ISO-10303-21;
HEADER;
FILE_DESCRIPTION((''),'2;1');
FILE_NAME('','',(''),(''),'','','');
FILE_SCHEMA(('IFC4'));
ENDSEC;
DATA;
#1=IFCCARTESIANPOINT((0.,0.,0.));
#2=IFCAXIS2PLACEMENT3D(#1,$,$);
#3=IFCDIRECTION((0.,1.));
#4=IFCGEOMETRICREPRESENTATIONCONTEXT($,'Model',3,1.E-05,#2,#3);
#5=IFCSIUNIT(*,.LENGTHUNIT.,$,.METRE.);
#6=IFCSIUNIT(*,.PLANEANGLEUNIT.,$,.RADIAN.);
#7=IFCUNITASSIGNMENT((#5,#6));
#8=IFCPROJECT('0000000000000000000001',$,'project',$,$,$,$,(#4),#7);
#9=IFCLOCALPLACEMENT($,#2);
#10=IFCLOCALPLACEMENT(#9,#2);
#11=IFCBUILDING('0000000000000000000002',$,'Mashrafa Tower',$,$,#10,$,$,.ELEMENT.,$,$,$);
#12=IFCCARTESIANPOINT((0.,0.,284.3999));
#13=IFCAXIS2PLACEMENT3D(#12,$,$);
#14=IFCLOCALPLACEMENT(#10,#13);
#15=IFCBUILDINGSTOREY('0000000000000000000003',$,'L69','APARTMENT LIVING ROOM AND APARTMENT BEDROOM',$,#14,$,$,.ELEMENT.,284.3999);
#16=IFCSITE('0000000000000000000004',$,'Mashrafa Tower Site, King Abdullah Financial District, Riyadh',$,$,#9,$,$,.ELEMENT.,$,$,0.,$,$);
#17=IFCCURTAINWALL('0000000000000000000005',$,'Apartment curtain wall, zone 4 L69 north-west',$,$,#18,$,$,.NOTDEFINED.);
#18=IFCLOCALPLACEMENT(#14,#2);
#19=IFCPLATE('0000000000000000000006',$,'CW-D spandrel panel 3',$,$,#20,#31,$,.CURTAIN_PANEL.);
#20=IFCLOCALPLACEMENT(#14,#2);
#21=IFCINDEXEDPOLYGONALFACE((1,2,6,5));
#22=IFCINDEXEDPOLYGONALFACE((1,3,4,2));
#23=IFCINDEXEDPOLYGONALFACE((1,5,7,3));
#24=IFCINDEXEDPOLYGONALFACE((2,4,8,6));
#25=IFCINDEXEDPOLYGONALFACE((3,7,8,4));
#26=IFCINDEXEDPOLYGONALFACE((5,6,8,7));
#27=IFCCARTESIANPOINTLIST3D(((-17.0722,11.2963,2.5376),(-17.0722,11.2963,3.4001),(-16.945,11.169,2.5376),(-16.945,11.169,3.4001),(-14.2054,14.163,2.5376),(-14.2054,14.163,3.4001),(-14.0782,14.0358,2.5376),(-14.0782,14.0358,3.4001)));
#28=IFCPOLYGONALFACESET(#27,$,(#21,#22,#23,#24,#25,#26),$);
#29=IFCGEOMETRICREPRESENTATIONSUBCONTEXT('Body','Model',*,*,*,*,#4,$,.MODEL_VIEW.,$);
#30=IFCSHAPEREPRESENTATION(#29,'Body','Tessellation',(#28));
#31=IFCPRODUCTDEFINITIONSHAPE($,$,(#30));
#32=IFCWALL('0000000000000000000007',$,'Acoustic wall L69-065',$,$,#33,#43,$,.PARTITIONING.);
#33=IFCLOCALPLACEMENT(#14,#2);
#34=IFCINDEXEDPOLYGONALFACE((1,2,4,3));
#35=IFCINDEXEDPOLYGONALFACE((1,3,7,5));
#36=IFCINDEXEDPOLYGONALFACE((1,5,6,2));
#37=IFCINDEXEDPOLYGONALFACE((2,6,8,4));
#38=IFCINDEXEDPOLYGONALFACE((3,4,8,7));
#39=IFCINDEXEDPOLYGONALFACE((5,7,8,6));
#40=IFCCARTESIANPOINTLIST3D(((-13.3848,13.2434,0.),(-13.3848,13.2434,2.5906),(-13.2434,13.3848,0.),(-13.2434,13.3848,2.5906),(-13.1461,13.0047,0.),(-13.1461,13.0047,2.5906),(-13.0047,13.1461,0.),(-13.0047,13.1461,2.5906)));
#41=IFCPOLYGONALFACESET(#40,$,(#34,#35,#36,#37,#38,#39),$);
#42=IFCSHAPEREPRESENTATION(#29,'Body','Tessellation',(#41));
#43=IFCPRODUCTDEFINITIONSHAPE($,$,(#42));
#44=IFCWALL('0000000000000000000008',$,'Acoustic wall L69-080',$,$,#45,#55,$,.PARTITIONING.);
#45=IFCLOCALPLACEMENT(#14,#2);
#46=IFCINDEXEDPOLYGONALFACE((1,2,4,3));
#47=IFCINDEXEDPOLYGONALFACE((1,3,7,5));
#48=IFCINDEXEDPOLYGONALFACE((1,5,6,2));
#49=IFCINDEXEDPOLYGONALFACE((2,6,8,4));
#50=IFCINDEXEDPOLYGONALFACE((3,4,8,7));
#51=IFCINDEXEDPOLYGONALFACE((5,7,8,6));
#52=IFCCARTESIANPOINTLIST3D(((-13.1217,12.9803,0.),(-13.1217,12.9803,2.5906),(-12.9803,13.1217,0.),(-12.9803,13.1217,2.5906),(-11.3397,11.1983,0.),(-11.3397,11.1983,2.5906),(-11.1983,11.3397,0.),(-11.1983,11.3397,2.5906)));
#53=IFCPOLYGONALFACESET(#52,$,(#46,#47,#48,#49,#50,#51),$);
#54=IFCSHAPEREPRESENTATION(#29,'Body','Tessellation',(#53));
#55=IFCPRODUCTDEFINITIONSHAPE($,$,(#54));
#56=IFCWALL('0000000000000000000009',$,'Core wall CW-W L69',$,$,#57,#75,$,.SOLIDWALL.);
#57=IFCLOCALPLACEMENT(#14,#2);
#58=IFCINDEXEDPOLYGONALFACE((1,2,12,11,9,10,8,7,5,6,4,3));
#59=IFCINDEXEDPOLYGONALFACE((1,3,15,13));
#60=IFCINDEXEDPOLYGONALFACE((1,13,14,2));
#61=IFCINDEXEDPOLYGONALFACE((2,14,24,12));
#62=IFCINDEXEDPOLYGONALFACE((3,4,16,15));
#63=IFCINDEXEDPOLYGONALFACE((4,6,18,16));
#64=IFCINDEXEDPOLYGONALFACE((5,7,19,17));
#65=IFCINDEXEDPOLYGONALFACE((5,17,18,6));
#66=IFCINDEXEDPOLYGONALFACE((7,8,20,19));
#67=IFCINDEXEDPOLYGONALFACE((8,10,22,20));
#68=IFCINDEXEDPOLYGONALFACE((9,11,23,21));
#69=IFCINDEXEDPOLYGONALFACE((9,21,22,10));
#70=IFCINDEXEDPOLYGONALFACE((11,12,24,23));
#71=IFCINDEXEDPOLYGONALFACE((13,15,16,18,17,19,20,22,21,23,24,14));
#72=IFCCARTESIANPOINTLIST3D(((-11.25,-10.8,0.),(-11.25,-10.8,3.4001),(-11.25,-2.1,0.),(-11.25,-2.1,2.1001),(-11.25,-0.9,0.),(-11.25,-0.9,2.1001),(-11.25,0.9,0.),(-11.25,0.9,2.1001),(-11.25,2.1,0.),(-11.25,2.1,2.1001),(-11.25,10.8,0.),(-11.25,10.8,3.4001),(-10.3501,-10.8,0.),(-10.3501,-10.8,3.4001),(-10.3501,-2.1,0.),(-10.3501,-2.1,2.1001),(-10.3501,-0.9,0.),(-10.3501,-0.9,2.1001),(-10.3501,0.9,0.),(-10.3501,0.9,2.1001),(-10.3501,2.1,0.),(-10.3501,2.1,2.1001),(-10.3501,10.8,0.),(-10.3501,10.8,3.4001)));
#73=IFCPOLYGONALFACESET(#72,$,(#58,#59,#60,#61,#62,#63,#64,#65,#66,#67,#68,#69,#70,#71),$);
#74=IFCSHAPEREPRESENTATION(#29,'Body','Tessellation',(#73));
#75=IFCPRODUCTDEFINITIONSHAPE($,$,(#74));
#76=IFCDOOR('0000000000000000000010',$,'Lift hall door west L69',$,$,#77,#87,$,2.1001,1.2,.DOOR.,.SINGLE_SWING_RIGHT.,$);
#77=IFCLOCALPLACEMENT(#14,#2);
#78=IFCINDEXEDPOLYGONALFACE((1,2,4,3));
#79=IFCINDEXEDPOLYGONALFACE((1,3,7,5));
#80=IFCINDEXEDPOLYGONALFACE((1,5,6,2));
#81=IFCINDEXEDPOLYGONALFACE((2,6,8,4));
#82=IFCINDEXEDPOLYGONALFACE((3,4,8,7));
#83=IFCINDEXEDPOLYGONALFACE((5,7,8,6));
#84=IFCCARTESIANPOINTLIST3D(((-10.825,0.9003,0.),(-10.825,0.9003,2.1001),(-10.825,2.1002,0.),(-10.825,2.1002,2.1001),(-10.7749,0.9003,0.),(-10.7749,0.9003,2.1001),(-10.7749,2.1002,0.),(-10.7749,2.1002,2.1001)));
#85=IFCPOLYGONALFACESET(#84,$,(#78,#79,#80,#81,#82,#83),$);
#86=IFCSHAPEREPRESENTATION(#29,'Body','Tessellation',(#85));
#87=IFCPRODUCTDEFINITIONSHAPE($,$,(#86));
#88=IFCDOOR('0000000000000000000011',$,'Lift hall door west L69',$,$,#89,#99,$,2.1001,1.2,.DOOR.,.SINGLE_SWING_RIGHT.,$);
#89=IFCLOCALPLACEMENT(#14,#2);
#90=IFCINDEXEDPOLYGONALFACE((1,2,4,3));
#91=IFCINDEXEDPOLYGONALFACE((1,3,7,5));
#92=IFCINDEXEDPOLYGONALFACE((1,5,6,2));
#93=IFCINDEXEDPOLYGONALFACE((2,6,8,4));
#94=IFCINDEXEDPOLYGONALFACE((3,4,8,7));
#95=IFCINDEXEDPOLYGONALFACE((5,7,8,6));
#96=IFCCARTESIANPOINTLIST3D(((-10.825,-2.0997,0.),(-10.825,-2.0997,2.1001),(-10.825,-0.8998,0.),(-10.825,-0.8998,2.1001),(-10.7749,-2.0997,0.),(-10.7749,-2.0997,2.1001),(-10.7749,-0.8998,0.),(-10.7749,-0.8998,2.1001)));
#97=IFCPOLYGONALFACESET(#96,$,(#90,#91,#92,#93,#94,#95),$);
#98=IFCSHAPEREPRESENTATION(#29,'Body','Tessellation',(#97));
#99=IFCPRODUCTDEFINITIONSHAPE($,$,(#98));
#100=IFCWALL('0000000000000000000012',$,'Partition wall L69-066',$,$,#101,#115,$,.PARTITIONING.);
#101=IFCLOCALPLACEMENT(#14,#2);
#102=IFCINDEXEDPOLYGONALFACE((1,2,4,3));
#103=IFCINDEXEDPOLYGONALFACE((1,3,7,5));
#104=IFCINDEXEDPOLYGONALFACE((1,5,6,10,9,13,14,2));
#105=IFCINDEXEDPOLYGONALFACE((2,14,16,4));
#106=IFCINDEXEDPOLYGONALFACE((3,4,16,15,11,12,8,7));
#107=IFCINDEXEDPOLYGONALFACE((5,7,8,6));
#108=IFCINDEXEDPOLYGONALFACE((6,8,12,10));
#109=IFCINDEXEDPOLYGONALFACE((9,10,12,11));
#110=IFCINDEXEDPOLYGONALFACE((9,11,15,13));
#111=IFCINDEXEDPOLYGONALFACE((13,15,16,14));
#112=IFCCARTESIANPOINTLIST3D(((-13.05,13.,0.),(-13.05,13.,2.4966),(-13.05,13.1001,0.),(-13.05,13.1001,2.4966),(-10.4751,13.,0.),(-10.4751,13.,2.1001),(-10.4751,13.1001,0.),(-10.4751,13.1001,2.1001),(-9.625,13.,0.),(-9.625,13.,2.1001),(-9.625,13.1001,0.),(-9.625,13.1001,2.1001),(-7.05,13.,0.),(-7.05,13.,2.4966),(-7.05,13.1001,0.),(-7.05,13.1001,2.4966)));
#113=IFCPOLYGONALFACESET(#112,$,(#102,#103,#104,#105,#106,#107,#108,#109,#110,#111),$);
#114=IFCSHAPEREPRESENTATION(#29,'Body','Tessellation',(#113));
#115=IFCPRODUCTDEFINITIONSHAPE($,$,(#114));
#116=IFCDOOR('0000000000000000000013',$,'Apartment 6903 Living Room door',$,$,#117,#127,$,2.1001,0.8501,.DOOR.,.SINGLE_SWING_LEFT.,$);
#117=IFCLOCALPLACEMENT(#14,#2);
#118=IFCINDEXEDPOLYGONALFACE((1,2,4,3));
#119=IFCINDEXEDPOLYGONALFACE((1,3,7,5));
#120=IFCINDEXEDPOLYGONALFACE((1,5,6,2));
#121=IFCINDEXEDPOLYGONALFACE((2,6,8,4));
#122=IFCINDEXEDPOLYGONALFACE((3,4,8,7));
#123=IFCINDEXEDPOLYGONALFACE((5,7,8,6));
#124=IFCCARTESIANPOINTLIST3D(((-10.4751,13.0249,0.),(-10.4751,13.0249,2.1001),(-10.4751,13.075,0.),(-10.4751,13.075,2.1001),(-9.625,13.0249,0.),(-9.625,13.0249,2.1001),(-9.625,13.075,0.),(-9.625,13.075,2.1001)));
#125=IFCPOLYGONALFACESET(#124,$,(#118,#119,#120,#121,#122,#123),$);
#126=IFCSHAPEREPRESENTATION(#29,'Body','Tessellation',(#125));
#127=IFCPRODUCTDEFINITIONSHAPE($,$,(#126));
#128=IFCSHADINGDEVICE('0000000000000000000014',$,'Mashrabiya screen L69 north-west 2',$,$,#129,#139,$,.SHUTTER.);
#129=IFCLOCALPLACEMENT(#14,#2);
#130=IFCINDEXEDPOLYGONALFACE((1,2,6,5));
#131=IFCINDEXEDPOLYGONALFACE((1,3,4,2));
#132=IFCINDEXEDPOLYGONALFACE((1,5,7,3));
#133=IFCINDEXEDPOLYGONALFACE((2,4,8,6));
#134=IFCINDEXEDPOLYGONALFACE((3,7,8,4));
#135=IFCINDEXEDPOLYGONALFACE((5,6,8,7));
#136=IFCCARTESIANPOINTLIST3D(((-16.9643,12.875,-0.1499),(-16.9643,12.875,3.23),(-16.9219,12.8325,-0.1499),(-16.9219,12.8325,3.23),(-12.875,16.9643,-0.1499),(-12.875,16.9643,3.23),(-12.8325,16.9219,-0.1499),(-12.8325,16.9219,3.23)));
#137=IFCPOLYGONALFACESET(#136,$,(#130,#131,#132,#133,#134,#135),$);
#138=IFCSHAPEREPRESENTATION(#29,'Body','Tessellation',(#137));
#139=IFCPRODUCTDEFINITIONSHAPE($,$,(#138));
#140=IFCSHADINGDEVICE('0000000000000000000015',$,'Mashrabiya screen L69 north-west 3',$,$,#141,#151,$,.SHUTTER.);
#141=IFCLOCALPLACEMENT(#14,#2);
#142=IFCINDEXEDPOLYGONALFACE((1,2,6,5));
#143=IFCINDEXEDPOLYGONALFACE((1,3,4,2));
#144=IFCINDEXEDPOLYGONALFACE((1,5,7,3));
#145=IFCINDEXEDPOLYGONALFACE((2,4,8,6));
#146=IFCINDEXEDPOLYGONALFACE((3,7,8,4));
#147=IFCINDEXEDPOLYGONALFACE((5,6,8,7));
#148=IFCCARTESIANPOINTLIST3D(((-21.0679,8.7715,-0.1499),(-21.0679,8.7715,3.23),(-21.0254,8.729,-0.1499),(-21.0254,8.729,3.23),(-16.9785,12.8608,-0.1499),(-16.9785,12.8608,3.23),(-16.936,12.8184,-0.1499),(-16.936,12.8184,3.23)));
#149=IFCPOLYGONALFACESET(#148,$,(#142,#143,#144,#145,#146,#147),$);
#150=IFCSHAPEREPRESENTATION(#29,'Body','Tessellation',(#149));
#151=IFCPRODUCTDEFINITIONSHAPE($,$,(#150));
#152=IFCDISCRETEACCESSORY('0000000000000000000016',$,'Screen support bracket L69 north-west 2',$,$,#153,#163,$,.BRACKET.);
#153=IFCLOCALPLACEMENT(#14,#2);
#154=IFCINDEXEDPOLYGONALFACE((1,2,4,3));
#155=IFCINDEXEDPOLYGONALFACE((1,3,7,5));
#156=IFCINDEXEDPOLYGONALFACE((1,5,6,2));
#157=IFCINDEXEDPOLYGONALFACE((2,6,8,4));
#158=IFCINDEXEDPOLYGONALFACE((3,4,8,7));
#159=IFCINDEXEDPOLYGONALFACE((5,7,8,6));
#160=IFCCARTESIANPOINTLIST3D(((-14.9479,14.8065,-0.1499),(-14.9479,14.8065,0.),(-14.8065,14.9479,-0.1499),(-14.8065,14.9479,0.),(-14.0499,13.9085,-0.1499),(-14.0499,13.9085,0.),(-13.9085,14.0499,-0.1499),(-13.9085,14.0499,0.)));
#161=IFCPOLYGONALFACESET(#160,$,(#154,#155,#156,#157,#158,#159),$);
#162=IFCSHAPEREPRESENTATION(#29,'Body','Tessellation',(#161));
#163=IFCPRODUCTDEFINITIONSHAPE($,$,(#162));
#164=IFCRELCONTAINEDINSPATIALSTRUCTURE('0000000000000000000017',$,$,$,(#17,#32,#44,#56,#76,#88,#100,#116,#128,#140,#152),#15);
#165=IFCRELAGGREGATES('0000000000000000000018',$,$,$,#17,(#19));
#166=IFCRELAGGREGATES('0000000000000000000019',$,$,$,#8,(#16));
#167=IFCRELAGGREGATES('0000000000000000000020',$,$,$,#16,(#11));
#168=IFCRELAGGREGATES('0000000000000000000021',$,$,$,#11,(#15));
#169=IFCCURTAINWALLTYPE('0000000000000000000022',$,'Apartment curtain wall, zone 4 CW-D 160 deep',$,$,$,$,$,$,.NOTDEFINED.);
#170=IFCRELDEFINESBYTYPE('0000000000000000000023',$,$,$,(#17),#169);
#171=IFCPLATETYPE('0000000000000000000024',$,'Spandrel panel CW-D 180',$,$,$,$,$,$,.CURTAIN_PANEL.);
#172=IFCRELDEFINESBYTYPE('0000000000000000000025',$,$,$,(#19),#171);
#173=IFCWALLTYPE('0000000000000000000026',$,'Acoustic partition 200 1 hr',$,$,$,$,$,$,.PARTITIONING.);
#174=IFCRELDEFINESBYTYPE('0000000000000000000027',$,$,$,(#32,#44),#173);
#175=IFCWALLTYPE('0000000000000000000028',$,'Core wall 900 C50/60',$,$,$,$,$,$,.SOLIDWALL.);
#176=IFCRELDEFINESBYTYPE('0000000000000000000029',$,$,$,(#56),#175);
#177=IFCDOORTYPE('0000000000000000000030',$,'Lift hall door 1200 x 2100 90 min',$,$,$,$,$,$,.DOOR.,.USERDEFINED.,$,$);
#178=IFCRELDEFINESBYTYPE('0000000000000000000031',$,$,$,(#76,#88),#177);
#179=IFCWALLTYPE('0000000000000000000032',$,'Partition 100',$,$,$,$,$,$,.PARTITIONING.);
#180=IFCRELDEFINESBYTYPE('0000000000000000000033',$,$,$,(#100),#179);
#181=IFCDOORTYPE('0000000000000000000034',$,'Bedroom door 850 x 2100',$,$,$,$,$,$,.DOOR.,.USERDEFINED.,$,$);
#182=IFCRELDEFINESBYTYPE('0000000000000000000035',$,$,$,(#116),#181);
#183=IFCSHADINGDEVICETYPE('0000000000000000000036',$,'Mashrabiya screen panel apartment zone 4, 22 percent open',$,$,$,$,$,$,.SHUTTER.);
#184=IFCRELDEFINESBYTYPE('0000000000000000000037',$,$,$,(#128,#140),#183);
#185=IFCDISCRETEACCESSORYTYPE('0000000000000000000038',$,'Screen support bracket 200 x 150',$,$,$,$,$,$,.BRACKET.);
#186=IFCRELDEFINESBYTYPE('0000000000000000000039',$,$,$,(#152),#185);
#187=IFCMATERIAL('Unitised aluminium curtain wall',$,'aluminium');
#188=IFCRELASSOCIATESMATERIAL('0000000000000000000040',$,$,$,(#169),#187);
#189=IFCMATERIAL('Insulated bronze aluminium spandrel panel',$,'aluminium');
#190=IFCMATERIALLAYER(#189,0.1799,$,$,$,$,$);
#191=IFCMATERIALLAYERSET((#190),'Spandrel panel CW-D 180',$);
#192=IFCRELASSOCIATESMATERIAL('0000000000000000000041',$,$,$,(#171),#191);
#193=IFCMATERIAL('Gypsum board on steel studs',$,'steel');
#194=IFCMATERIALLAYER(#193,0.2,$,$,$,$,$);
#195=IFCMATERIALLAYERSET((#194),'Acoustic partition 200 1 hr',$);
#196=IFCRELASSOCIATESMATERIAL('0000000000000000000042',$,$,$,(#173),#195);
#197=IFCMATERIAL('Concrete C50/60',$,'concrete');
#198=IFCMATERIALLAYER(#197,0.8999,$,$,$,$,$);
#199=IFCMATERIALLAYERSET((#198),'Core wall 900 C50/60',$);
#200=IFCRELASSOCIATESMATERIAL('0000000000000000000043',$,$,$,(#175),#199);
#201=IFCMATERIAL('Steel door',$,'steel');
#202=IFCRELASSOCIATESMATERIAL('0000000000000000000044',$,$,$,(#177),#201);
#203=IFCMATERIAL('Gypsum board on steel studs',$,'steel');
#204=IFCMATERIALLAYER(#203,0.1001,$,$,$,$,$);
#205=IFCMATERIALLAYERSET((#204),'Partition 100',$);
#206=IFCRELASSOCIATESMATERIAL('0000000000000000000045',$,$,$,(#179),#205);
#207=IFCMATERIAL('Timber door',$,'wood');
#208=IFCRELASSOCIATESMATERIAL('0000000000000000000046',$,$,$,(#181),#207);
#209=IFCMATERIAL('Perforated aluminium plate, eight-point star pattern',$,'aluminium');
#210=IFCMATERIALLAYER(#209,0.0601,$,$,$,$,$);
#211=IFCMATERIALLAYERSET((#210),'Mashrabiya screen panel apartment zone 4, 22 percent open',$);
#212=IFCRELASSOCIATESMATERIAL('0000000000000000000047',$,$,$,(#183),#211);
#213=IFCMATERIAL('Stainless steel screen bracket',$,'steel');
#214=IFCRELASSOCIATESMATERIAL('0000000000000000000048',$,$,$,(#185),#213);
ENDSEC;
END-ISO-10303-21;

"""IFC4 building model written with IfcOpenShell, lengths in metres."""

from ifc_helpers import new_model, si_unit, direction, frame, frame_2d, origin, origin_2d, place, context, subcontext, project, spatial, rectangle, extrude, source, transform, mapped, material, layer, layer_set, type_object, type_shapes, element, fill, aggregate, save


model = new_model("IFC4")

# Units and contexts
model_context = context("Model", 3, precision=1e-05, world=origin(), true_north=direction((0.0, 1.0)))
body_context = subcontext(model_context, "Body", "Model", "MODEL_VIEW")
ifc_project = project(units=[si_unit("LENGTHUNIT", "METRE"), si_unit("PLANEANGLEUNIT", "RADIAN")], contexts=[model_context])

# Site, building, storey
site_placement = place(None, origin())
site = spatial("IfcSite", under=ifc_project, at=site_placement, Name="Mashrafa Tower Site, King Abdullah Financial District, Riyadh", CompositionType="ELEMENT", RefElevation=0.0)
building_placement = place(site_placement, origin())
building = spatial("IfcBuilding", under=site, at=building_placement, Name="Mashrafa Tower", CompositionType="ELEMENT")
storey_placement = place(building_placement, frame((0.0, 0.0, 284.3999)))
storey = spatial("IfcBuildingStorey", under=building, at=storey_placement, Name="L69", Description="APARTMENT LIVING ROOM AND APARTMENT BEDROOM", CompositionType="ELEMENT", Elevation=284.3999)

# Curtain wall
ifc_material_1 = material(Name="Unitised aluminium curtain wall", Category="aluminium")
curtain_wall_type = type_object("IfcCurtainWallType", Name="Apartment curtain wall, zone 4 CW-D 160 deep", PredefinedType="NOTDEFINED", material=ifc_material_1)
curtain_wall_1_placement = place(storey_placement, origin())
curtain_wall_1 = element("IfcCurtainWall", 1, at=curtain_wall_1_placement, inside=storey, type_object=curtain_wall_type, Name="Apartment curtain wall, zone 4 L69 north-west", PredefinedType="NOTDEFINED")

# Plate
ifc_material_2 = material(Name="Insulated bronze aluminium spandrel panel", Category="aluminium")
ifc_layer_1 = layer(ifc_material_2, 0.1799)
ifc_layer_set_1 = layer_set([ifc_layer_1], Name="Spandrel panel CW-D 180")
plate_type_1 = type_object("IfcPlateType", Name="Spandrel panel CW-D 180", PredefinedType="CURTAIN_PANEL", material=ifc_layer_set_1)
shared_shape_1 = source(origin(), body_context, "Body", "SweptSolid", [
    extrude(rectangle(XDim=4.0542, YDim=0.1799, at=origin_2d()), origin(), (0.0, 0.0, 1.0), 0.8625),
])
plate_1_placement = place(storey_placement, frame((-15.5752, 12.666, 2.5376), z_axis=(0.0, 0.0, 1.0), x_axis=(-0.707107, -0.707107, 0.0)))
plate_1 = element("IfcPlate", 2, at=plate_1_placement, type_object=plate_type_1, Name="CW-D spandrel panel 3", PredefinedType="CURTAIN_PANEL", context=body_context, shape_type="MappedRepresentation", body=[
    mapped(shared_shape_1, transform((0.0, 0.0, 0.0))),
])
aggregate(curtain_wall_1, [plate_1])

# Walls
ifc_material_3 = material(Name="Gypsum board on steel studs", Category="steel")
ifc_layer_2 = layer(ifc_material_3, 0.2)
ifc_layer_set_2 = layer_set([ifc_layer_2], Name="Acoustic partition 200 1 hr")
wall_type_1 = type_object("IfcWallType", Name="Acoustic partition 200 1 hr", PredefinedType="PARTITIONING", material=ifc_layer_set_2)
wall_1_placement = place(storey_placement, frame((-13.3142, 13.3142, 0.0), z_axis=(0.0, 0.0, 1.0), x_axis=(0.707107, -0.707107, 0.0)))
element("IfcWall", 3, at=wall_1_placement, inside=storey, type_object=wall_type_1, Name="Acoustic wall L69-065", PredefinedType="PARTITIONING", context=body_context, shape_type="SweptSolid", body=[
    extrude(rectangle(XDim=0.3376, YDim=0.2, at=frame_2d((0.1689, 0.0))), origin(), (0.0, 0.0, 1.0), 2.5906),
])
wall_2_placement = place(storey_placement, frame((-11.269, 11.269, 0.0), z_axis=(0.0, 0.0, 1.0), x_axis=(-0.707107, 0.707107, 0.0)))
element("IfcWall", 4, at=wall_2_placement, inside=storey, type_object=wall_type_1, Name="Acoustic wall L69-080", PredefinedType="PARTITIONING", context=body_context, shape_type="SweptSolid", body=[
    extrude(rectangle(XDim=2.52, YDim=0.2, at=frame_2d((1.26, 0.0))), origin(), (0.0, 0.0, 1.0), 2.5906),
])

# Wall, openings, doors
ifc_material_4 = material(Name="Concrete C50/60", Category="concrete")
ifc_layer_3 = layer(ifc_material_4, 0.8999)
ifc_layer_set_3 = layer_set([ifc_layer_3], Name="Core wall 900 C50/60")
wall_type_2 = type_object("IfcWallType", Name="Core wall 900 C50/60", PredefinedType="SOLIDWALL", material=ifc_layer_set_3)
wall_3_placement = place(storey_placement, frame((-10.8, 10.8, 0.0), z_axis=(0.0, 0.0, 1.0), x_axis=(0.0, -1.0, 0.0)))
wall_3 = element("IfcWall", 5, at=wall_3_placement, inside=storey, type_object=wall_type_2, Name="Core wall CW-W L69", PredefinedType="SOLIDWALL", context=body_context, shape_type="SweptSolid", body=[
    extrude(rectangle(XDim=21.6001, YDim=0.8999, at=frame_2d((10.8, 0.0))), origin(), (0.0, 0.0, 1.0), 3.4001),
])
opening_1_placement = place(wall_3_placement, frame((8.7, 0.0, 0.0)))
opening_1 = element("IfcOpeningElement", 6, at=opening_1_placement, cuts=wall_3, PredefinedType="OPENING", context=body_context, shape_type="SweptSolid", body=[
    extrude(rectangle(XDim=1.2, YDim=2.1001, at=frame_2d((0.6001, 1.05))), frame((0.0, 0.46, 0.0), z_axis=(0.0, -1.0, 0.0), x_axis=(1.0, 0.0, 0.0)), (0.0, 0.0, 1.0), 0.9199),
])
opening_2_placement = place(wall_3_placement, frame((11.7, 0.0, 0.0)))
opening_2 = element("IfcOpeningElement", 7, at=opening_2_placement, cuts=wall_3, PredefinedType="OPENING", context=body_context, shape_type="SweptSolid", body=[
    extrude(rectangle(XDim=1.2, YDim=2.1001, at=frame_2d((0.6001, 1.05))), frame((0.0, 0.46, 0.0), z_axis=(0.0, -1.0, 0.0), x_axis=(1.0, 0.0, 0.0)), (0.0, 0.0, 1.0), 0.9199),
])
ifc_material_5 = material(Name="Steel door", Category="steel")
door_type_1 = type_object("IfcDoorType", Name="Lift hall door 1200 x 2100 90 min", OperationType="USERDEFINED", PredefinedType="DOOR", material=ifc_material_5)
door_1_placement = place(opening_1_placement, frame((1.2, 0.0, 0.0), z_axis=(0.0, 0.0, 1.0), x_axis=(-1.0, 0.0, 0.0)))
door_1 = element("IfcDoor", 8, at=door_1_placement, inside=storey, type_object=door_type_1, Name="Lift hall door west L69", OperationType="SINGLE_SWING_RIGHT", OverallHeight=2.1001, OverallWidth=1.2, PredefinedType="DOOR", context=body_context, shape_type="SweptSolid", body=[
    extrude(rectangle(XDim=1.2, YDim=2.1001, at=frame_2d((0.6001, 1.05))), frame((0.0, 0.0249, 0.0), z_axis=(0.0, -1.0, 0.0), x_axis=(1.0, 0.0, 0.0)), (0.0, 0.0, 1.0), 0.05),
])
fill(opening_1, door_1)
door_2_placement = place(opening_2_placement, frame((1.2, 0.0, 0.0), z_axis=(0.0, 0.0, 1.0), x_axis=(-1.0, 0.0, 0.0)))
door_2 = element("IfcDoor", 9, at=door_2_placement, inside=storey, type_object=door_type_1, Name="Lift hall door west L69", OperationType="SINGLE_SWING_RIGHT", OverallHeight=2.1001, OverallWidth=1.2, PredefinedType="DOOR", context=body_context, shape_type="SweptSolid", body=[
    extrude(rectangle(XDim=1.2, YDim=2.1001, at=frame_2d((0.6001, 1.05))), frame((0.0, 0.0249, 0.0), z_axis=(0.0, -1.0, 0.0), x_axis=(1.0, 0.0, 0.0)), (0.0, 0.0, 1.0), 0.05),
])
fill(opening_2, door_2)

# Wall, opening, door
ifc_material_6 = material(Name="Gypsum board on steel studs", Category="steel")
ifc_layer_4 = layer(ifc_material_6, 0.1001)
ifc_layer_set_4 = layer_set([ifc_layer_4], Name="Partition 100")
wall_type_3 = type_object("IfcWallType", Name="Partition 100", PredefinedType="PARTITIONING", material=ifc_layer_set_4)
wall_4_placement = place(storey_placement, frame((-13.05, 13.05, 0.0), z_axis=(0.0, 0.0, 1.0), x_axis=(1.0, 0.0, 0.0)))
wall_4 = element("IfcWall", 10, at=wall_4_placement, inside=storey, type_object=wall_type_3, Name="Partition wall L69-066", PredefinedType="PARTITIONING", context=body_context, shape_type="SweptSolid", body=[
    extrude(rectangle(XDim=6.0, YDim=0.1001, at=frame_2d((3.0, 0.0))), origin(), (0.0, 0.0, 1.0), 2.4966),
])
opening_3_placement = place(wall_4_placement, frame((2.575, 0.0, 0.0)))
opening_3 = element("IfcOpeningElement", 11, at=opening_3_placement, cuts=wall_4, PredefinedType="OPENING", context=body_context, shape_type="SweptSolid", body=[
    extrude(rectangle(XDim=0.8501, YDim=2.1001, at=frame_2d((0.425, 1.05))), frame((0.0, 0.0601, 0.0), z_axis=(0.0, -1.0, 0.0), x_axis=(1.0, 0.0, 0.0)), (0.0, 0.0, 1.0), 0.1201),
])
ifc_material_7 = material(Name="Timber door", Category="wood")
door_type_2 = type_object("IfcDoorType", Name="Bedroom door 850 x 2100", OperationType="USERDEFINED", PredefinedType="DOOR", material=ifc_material_7)
door_3_placement = place(opening_3_placement, origin())
door_3 = element("IfcDoor", 12, at=door_3_placement, inside=storey, type_object=door_type_2, Name="Apartment 6903 Living Room door", OperationType="SINGLE_SWING_LEFT", OverallHeight=2.1001, OverallWidth=0.8501, PredefinedType="DOOR", context=body_context, shape_type="SweptSolid", body=[
    extrude(rectangle(XDim=0.8501, YDim=2.1001, at=frame_2d((0.425, 1.05))), frame((0.0, 0.0249, 0.0), z_axis=(0.0, -1.0, 0.0), x_axis=(1.0, 0.0, 0.0)), (0.0, 0.0, 1.0), 0.05),
])
fill(opening_3, door_3)

# Shading devices
ifc_material_8 = material(Name="Perforated aluminium plate, eight-point star pattern", Category="aluminium")
ifc_layer_5 = layer(ifc_material_8, 0.0601)
ifc_layer_set_5 = layer_set([ifc_layer_5], Name="Mashrabiya screen panel apartment zone 4, 22 percent open")
shading_device_type = type_object("IfcShadingDeviceType", Name="Mashrabiya screen panel apartment zone 4, 22 percent open", PredefinedType="SHUTTER", material=ifc_layer_set_5)
shared_shape_2 = source(origin(), body_context, "Body", "SweptSolid", [
    extrude(rectangle(XDim=5.7832, YDim=0.0601, at=origin_2d()), origin(), (0.0, 0.0, 1.0), 3.3799),
])
type_shapes(shading_device_type, [shared_shape_2])
for number, where, z_axis, x_axis, name in (
    (13, (-14.8984, 14.8984, -0.1499), (0.0, 0.0, 1.0), (-0.707107, -0.707107, 0.0), "Mashrabiya screen L69 north-west 2"),
    (14, (-19.002, 10.7949, -0.1499), (0.0, 0.0, 1.0), (-0.707107, -0.707107, 0.0), "Mashrabiya screen L69 north-west 3"),
):
    element("IfcShadingDevice", number, at=place(storey_placement, frame(where, z_axis=z_axis, x_axis=x_axis)), inside=storey, type_object=shading_device_type, Name=name, PredefinedType="SHUTTER", context=body_context, shape_type="MappedRepresentation", body=[
        mapped(shared_shape_2, transform((0.0, 0.0, 0.0))),
    ])

# Discrete accessory
ifc_material_9 = material(Name="Stainless steel screen bracket", Category="steel")
discrete_accessory_type = type_object("IfcDiscreteAccessoryType", Name="Screen support bracket 200 x 150", PredefinedType="BRACKET", material=ifc_material_9)
shared_shape_3 = source(origin(), body_context, "Body", "SweptSolid", [
    extrude(rectangle(XDim=0.2, YDim=1.27, at=origin_2d()), origin(), (0.0, 0.0, 1.0), 0.1499),
])
type_shapes(discrete_accessory_type, [shared_shape_3])
for number, where, z_axis, x_axis, name in (
    (15, (-14.4282, 14.4282, -0.1499), (0.0, 0.0, 1.0), (-0.707107, -0.707107, 0.0), "Screen support bracket L69 north-west 2"),
):
    element("IfcDiscreteAccessory", number, at=place(storey_placement, frame(where, z_axis=z_axis, x_axis=x_axis)), inside=storey, type_object=discrete_accessory_type, Name=name, PredefinedType="BRACKET", context=body_context, shape_type="MappedRepresentation", body=[
        mapped(shared_shape_3, transform((0.0, 0.0, 0.0))),
    ])

save(model, "model.ifc")
